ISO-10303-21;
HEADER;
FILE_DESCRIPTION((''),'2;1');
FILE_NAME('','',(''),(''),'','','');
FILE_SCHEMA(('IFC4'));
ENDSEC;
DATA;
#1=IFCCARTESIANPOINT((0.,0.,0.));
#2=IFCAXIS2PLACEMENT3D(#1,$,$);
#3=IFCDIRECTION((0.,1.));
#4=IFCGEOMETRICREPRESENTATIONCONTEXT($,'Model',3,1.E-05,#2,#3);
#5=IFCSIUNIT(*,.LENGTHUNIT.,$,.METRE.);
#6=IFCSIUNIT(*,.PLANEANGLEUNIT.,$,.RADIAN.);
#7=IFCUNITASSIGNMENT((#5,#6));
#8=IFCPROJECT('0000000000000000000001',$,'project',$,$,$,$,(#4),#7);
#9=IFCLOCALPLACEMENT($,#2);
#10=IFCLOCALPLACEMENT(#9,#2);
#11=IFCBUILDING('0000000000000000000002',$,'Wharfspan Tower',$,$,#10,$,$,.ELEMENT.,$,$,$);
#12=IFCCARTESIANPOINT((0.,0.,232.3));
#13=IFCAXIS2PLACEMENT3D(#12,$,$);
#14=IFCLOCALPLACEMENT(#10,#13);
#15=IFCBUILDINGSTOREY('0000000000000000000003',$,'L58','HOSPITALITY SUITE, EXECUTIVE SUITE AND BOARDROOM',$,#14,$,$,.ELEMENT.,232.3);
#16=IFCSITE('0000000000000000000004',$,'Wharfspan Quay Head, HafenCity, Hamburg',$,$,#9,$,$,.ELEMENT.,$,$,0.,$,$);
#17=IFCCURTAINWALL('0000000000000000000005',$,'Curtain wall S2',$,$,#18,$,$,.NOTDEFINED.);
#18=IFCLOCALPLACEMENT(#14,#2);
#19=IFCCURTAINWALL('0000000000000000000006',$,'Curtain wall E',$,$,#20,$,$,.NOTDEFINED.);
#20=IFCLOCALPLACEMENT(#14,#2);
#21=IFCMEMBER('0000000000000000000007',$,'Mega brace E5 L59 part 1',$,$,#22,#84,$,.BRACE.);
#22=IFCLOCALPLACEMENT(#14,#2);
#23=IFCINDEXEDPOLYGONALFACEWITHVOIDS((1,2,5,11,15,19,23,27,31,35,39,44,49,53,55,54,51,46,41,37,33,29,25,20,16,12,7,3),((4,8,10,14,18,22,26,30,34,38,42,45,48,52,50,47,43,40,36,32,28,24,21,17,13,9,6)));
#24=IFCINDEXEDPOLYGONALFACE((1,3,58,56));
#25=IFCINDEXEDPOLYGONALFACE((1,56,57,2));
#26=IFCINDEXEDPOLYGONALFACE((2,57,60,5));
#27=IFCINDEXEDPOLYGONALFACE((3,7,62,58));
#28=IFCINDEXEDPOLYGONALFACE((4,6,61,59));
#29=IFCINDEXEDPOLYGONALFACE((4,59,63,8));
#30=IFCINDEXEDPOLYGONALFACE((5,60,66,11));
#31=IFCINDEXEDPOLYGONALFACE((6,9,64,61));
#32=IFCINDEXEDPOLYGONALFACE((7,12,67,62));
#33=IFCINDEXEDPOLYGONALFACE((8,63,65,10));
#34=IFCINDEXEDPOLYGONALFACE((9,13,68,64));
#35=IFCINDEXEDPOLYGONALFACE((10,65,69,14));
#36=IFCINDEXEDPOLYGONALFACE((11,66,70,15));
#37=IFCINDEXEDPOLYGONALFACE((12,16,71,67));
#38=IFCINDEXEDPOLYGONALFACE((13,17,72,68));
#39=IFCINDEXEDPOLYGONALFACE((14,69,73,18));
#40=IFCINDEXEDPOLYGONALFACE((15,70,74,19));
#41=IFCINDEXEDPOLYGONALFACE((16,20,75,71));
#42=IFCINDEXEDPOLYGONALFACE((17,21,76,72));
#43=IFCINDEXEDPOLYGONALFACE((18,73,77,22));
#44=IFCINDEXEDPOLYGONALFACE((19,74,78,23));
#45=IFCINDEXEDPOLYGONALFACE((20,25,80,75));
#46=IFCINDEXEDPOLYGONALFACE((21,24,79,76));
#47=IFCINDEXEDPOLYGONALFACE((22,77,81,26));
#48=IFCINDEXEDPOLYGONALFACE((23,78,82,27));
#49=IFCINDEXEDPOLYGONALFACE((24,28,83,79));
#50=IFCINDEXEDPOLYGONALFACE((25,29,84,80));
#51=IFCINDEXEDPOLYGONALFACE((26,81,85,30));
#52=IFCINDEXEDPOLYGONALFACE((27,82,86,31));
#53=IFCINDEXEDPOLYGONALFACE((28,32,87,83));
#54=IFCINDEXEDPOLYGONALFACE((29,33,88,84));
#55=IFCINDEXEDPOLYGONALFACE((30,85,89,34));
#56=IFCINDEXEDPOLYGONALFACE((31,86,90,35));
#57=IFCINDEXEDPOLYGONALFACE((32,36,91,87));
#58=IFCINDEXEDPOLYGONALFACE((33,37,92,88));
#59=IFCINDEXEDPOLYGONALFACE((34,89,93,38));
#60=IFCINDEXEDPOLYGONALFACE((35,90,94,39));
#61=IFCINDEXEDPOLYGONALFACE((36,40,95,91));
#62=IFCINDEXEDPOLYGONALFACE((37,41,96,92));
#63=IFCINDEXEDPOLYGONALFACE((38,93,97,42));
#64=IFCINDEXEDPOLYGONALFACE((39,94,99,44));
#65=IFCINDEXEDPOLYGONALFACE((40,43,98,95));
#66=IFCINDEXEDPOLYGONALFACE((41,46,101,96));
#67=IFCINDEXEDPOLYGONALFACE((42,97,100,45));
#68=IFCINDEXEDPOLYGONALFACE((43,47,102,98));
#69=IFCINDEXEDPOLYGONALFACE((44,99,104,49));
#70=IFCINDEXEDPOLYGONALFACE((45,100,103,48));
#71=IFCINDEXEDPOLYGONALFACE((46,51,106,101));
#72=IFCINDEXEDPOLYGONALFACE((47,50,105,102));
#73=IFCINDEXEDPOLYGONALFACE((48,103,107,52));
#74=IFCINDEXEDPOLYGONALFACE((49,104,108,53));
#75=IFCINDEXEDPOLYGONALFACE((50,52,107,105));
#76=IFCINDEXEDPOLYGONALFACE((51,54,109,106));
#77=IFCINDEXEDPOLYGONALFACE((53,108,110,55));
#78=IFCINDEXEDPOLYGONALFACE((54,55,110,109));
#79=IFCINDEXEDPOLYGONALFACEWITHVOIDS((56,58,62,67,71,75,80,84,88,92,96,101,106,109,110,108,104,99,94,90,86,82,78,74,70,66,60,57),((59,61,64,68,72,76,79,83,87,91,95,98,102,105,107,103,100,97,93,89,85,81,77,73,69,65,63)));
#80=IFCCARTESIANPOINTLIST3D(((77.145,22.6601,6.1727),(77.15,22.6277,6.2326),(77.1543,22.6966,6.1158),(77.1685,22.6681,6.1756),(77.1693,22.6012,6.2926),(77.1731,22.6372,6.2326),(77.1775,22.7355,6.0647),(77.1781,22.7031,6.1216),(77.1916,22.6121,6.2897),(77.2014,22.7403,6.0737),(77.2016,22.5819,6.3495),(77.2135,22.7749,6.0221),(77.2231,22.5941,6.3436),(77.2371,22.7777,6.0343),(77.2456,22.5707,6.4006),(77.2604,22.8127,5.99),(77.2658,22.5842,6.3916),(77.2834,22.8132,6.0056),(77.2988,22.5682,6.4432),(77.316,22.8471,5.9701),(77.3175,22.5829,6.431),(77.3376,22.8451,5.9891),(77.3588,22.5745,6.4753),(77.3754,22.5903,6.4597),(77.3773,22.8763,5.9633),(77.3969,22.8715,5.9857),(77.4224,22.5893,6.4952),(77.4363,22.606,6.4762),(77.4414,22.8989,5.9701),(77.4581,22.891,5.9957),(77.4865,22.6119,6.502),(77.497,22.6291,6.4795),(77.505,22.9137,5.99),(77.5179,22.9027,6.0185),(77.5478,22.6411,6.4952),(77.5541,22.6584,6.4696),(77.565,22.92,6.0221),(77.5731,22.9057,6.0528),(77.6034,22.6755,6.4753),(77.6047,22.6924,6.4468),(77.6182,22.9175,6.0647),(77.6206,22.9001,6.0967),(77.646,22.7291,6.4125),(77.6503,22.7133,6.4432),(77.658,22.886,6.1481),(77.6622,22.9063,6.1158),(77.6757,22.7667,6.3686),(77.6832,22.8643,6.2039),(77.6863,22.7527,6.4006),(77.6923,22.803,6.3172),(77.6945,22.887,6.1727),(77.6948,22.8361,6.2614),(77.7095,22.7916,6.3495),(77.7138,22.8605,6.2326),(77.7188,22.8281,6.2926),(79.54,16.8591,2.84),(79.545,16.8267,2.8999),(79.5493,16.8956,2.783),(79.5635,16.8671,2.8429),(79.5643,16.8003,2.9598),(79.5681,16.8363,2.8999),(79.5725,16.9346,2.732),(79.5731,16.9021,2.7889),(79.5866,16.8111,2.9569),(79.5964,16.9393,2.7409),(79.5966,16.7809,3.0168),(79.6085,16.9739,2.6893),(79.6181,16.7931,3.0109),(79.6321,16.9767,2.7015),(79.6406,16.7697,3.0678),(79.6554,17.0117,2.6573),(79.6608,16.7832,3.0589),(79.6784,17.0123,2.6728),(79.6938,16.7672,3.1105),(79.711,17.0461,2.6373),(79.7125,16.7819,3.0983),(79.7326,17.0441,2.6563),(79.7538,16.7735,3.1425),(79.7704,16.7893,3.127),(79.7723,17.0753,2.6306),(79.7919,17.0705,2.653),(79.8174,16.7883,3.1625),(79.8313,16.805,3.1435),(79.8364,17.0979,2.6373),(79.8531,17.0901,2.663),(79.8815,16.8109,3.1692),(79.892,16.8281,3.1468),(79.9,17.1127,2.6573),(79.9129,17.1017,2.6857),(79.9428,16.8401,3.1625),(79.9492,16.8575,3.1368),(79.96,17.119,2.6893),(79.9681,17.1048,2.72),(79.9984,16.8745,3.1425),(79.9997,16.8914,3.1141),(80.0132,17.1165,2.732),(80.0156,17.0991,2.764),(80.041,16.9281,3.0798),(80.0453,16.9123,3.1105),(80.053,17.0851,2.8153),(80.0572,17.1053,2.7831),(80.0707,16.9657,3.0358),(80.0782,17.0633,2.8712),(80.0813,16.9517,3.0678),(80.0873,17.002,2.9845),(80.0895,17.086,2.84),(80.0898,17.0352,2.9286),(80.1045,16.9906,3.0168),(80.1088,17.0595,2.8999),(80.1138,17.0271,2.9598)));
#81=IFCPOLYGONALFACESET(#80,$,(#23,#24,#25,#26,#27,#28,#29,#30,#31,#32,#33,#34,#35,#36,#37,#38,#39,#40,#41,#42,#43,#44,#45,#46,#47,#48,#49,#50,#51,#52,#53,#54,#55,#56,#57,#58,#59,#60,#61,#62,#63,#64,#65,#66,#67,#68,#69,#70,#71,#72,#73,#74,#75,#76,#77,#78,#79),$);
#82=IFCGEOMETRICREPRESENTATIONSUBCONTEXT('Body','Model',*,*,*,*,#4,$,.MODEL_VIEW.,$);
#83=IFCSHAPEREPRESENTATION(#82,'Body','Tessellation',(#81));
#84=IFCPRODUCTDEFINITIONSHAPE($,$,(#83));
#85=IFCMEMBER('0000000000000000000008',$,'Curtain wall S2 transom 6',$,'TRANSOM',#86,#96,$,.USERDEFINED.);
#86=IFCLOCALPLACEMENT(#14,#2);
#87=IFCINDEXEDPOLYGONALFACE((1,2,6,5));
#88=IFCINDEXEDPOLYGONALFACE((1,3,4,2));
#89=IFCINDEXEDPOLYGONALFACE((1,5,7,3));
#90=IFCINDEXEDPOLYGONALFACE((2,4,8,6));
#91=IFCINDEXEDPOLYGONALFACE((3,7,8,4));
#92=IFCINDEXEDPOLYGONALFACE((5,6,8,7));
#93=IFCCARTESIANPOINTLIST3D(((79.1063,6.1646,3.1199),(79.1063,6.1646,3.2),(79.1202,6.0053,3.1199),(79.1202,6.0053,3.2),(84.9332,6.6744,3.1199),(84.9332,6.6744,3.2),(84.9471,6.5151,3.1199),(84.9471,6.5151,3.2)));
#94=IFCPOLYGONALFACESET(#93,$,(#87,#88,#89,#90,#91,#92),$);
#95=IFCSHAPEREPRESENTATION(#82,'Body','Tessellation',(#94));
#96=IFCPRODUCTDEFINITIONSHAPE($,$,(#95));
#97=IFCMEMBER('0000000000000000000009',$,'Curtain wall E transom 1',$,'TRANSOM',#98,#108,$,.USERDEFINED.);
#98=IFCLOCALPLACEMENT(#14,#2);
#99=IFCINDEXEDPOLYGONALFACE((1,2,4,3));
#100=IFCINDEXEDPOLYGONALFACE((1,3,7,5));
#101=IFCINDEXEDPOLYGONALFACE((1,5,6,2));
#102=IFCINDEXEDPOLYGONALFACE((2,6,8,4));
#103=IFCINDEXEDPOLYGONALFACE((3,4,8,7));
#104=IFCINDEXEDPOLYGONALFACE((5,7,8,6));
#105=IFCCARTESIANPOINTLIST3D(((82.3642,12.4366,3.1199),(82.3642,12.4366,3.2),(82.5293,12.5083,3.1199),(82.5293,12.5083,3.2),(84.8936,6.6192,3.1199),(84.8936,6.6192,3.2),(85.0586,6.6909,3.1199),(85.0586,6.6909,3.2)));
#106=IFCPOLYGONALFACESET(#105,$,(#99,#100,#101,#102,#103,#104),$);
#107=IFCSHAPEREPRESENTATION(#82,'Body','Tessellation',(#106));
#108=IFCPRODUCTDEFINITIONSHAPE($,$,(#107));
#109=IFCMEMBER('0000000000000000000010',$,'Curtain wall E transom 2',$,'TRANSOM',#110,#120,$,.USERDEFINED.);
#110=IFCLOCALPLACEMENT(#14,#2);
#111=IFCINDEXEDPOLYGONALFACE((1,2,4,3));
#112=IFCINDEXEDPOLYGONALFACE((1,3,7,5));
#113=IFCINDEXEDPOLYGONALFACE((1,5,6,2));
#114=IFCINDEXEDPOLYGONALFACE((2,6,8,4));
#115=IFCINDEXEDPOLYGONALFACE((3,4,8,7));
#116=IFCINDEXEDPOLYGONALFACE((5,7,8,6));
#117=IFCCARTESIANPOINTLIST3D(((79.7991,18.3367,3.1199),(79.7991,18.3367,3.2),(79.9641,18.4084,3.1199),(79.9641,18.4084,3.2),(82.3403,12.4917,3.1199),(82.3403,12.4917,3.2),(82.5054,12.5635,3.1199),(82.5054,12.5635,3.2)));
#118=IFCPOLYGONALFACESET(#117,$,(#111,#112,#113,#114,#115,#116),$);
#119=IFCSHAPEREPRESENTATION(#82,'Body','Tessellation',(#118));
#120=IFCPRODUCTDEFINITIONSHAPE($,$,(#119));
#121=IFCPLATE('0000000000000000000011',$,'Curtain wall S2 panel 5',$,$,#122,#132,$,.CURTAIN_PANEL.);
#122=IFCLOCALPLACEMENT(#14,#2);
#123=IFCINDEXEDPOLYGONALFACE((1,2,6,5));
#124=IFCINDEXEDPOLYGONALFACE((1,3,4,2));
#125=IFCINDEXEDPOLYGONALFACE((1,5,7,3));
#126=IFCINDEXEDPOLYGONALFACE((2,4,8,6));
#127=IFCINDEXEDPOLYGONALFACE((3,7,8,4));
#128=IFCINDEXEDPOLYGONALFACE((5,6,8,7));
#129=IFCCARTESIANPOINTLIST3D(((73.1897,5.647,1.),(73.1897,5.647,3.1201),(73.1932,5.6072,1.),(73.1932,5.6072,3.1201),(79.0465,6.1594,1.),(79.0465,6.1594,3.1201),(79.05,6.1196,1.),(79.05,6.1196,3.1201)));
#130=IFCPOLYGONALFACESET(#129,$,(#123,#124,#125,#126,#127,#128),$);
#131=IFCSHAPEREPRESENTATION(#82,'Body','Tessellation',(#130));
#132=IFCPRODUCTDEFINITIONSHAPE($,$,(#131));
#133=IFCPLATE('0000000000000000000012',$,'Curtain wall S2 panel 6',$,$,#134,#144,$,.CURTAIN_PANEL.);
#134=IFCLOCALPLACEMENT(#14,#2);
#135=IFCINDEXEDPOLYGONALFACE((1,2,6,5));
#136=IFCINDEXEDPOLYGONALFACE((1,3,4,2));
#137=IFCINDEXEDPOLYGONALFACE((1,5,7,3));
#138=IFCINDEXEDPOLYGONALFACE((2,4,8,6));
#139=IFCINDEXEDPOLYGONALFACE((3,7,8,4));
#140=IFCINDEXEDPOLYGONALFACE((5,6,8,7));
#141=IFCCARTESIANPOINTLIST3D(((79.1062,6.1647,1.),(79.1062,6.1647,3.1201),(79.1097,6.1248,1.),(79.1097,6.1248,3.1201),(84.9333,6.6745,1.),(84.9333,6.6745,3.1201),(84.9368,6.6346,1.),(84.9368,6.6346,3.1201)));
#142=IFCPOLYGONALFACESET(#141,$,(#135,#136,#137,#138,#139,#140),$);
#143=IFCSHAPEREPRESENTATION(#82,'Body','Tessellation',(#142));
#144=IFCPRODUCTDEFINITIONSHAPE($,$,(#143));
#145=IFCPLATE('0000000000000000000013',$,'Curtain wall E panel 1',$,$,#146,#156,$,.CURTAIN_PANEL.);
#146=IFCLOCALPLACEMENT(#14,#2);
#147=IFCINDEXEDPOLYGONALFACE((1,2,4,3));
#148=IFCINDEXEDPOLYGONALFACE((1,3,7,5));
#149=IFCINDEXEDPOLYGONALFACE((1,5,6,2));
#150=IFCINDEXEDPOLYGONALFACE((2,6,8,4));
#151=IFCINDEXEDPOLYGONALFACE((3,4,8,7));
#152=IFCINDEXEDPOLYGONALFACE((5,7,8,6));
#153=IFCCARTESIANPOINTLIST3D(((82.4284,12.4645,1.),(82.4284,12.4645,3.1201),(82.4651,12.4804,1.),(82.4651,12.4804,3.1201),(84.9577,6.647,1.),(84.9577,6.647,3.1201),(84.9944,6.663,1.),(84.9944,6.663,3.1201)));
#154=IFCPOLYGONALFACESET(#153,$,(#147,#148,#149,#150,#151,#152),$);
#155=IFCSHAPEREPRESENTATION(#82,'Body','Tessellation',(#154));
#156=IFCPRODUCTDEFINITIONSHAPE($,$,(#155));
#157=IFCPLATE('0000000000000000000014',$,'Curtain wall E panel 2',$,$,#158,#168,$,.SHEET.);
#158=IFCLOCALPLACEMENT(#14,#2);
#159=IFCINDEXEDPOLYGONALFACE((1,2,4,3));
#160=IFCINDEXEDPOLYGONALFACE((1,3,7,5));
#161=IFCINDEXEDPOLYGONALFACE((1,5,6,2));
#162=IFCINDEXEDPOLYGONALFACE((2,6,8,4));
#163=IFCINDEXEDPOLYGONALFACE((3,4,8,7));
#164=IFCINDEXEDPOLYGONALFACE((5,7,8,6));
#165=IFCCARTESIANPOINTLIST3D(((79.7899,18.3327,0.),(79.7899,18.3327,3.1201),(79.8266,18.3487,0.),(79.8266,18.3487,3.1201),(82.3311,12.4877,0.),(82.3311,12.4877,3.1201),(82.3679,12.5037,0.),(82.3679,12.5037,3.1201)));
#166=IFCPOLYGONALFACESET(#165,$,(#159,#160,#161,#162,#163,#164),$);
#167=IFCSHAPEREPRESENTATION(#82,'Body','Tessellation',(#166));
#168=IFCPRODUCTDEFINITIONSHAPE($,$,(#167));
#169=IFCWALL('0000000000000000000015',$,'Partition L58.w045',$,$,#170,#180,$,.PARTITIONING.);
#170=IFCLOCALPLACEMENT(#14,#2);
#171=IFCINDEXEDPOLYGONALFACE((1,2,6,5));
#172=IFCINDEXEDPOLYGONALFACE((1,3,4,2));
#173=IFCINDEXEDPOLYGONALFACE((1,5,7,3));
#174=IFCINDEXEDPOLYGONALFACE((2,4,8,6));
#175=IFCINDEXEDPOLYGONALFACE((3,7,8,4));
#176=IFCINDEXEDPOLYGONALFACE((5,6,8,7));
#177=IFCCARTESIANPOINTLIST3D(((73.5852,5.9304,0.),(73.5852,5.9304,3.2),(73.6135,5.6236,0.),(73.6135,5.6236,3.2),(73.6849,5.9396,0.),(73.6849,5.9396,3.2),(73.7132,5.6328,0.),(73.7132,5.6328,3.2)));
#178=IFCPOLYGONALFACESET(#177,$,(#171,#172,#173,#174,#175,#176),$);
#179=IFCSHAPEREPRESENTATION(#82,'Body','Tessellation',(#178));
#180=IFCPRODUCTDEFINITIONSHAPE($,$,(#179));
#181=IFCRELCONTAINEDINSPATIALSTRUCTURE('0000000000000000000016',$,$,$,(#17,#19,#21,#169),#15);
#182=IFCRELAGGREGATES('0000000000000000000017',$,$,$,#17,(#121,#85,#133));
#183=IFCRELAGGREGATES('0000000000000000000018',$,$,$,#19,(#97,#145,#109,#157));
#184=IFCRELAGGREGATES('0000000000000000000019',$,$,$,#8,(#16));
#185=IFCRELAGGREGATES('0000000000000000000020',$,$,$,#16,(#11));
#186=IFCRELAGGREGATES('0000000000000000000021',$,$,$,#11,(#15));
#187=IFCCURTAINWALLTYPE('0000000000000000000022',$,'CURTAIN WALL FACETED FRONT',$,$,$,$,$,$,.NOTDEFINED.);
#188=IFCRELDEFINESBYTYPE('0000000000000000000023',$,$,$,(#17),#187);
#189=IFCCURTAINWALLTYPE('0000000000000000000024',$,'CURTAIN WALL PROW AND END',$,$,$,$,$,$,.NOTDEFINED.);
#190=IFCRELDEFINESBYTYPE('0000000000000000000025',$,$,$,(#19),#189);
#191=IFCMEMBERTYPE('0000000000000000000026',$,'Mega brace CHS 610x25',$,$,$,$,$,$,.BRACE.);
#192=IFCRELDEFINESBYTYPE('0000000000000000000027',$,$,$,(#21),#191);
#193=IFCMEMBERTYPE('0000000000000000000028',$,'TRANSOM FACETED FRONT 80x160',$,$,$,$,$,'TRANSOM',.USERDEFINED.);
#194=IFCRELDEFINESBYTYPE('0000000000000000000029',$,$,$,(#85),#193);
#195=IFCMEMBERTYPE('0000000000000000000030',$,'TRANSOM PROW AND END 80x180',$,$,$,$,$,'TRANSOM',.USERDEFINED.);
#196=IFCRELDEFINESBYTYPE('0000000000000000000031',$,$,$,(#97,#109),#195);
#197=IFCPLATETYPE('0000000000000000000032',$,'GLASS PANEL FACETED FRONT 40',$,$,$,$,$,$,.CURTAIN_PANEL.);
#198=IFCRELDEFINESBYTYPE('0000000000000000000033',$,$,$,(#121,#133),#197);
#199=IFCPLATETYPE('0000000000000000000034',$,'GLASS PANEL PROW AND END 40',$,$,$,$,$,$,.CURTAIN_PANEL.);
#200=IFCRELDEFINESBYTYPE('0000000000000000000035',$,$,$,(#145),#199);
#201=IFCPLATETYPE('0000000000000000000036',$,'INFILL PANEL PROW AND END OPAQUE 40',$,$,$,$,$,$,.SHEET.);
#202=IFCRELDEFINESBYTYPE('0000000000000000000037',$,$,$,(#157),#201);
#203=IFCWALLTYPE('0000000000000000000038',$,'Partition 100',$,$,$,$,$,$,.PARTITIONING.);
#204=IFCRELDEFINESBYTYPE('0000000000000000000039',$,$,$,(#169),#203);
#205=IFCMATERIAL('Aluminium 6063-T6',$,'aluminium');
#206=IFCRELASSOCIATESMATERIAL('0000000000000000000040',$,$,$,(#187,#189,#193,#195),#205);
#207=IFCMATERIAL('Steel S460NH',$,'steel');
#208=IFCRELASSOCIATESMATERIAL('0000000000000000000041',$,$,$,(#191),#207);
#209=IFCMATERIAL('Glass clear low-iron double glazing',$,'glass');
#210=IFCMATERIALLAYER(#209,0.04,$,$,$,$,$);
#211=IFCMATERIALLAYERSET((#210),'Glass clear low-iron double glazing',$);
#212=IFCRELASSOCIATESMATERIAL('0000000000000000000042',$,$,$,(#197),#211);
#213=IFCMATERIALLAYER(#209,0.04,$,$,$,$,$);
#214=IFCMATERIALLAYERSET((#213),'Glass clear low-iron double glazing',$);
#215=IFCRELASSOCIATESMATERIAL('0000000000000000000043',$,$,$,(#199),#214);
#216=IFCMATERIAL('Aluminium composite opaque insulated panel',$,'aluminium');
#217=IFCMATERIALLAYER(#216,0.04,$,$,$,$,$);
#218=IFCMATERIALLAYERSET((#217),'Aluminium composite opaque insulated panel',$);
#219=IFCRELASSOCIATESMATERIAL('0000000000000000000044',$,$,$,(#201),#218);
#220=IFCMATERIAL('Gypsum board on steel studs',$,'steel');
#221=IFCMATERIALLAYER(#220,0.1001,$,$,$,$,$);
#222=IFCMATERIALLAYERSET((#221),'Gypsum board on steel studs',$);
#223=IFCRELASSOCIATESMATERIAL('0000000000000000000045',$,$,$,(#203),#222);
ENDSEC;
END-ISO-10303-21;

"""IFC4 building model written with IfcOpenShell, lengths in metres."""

from ifc_helpers import new_model, si_unit, direction, frame, frame_2d, origin, origin_2d, place, context, subcontext, project, spatial, rectangle, hollow_circle, extrude, material, layer, layer_set, material_profile, profile_set, type_object, element, aggregate, save


model = new_model("IFC4")

# Units and contexts
model_context = context("Model", 3, precision=1e-05, world=origin(), true_north=direction((0.0, 1.0)))
body_context = subcontext(model_context, "Body", "Model", "MODEL_VIEW")
ifc_project = project(units=[si_unit("LENGTHUNIT", "METRE"), si_unit("PLANEANGLEUNIT", "RADIAN")], contexts=[model_context])

# Site, building, storey
site_placement = place(None, origin())
site = spatial("IfcSite", under=ifc_project, at=site_placement, Name="Wharfspan Quay Head, HafenCity, Hamburg", CompositionType="ELEMENT", RefElevation=0.0)
building_placement = place(site_placement, origin())
building = spatial("IfcBuilding", under=site, at=building_placement, Name="Wharfspan Tower", CompositionType="ELEMENT")
storey_placement = place(building_placement, frame((0.0, 0.0, 232.3)))
storey = spatial("IfcBuildingStorey", under=building, at=storey_placement, Name="L58", Description="HOSPITALITY SUITE, EXECUTIVE SUITE AND BOARDROOM", CompositionType="ELEMENT", Elevation=232.3)

# Curtain walls
ifc_material_1 = material(Name="Aluminium 6063-T6", Category="aluminium")
curtain_wall_type_1 = type_object("IfcCurtainWallType", Name="CURTAIN WALL FACETED FRONT", PredefinedType="NOTDEFINED", material=ifc_material_1)
curtain_wall_1_placement = place(storey_placement, origin())
curtain_wall_1 = element("IfcCurtainWall", 1, at=curtain_wall_1_placement, inside=storey, type_object=curtain_wall_type_1, Name="Curtain wall S2", PredefinedType="NOTDEFINED")
curtain_wall_type_2 = type_object("IfcCurtainWallType", Name="CURTAIN WALL PROW AND END", PredefinedType="NOTDEFINED", material=ifc_material_1)
curtain_wall_2_placement = place(storey_placement, origin())
curtain_wall_2 = element("IfcCurtainWall", 2, at=curtain_wall_2_placement, inside=storey, type_object=curtain_wall_type_2, Name="Curtain wall E", PredefinedType="NOTDEFINED")

# Members
ifc_material_2 = material(Name="Steel S460NH", Category="steel")
ifc_material_profile_1 = material_profile(ifc_material_2, hollow_circle(Radius=0.3049, WallThickness=0.0249, at=origin_2d()))
ifc_profile_set_1 = profile_set([ifc_material_profile_1], Name="Steel S460NH")
member_type_1 = type_object("IfcMemberType", Name="Mega brace CHS 610x25", PredefinedType="BRACE", material=ifc_profile_set_1)
member_1_placement = place(storey_placement, frame((79.8269, 16.9431, 2.8999), z_axis=(-0.337042, 0.816355, 0.469007), x_axis=(-0.924324, -0.381616, -0.000004)))
element("IfcMember", 3, at=member_1_placement, inside=storey, type_object=member_type_1, Name="Mega brace E5 L59 part 1", PredefinedType="BRACE", context=body_context, shape_type="SweptSolid", body=[
    extrude(hollow_circle(Radius=0.3049, WallThickness=0.0249, at=origin_2d()), origin(), (0.0, 0.0, 1.0), 7.106),
])
ifc_material_profile_2 = material_profile(ifc_material_1, rectangle(XDim=0.1599, YDim=0.0801, at=origin_2d()))
ifc_profile_set_2 = profile_set([ifc_material_profile_2], Name="Aluminium 6063-T6")
member_type_2 = type_object("IfcMemberType", Name="TRANSOM FACETED FRONT 80x160", ElementType="TRANSOM", PredefinedType="USERDEFINED", material=ifc_profile_set_2)
member_2_placement = place(storey_placement, frame((79.1133, 6.085, 3.1599), z_axis=(0.996195, 0.087152, 0.0), x_axis=(-0.087152, 0.996195, 0.0)))
member_2 = element("IfcMember", 4, at=member_2_placement, type_object=member_type_2, Name="Curtain wall S2 transom 6", ObjectType="TRANSOM", PredefinedType="USERDEFINED", context=body_context, shape_type="SweptSolid", body=[
    extrude(rectangle(XDim=0.1599, YDim=0.0801, at=origin_2d()), origin(), (0.0, 0.0, 1.0), 5.8491),
])
ifc_material_profile_3 = material_profile(ifc_material_1, rectangle(XDim=0.1799, YDim=0.0801, at=origin_2d()))
ifc_profile_set_3 = profile_set([ifc_material_profile_3], Name="Aluminium 6063-T6")
member_type_3 = type_object("IfcMemberType", Name="TRANSOM PROW AND END 80x180", ElementType="TRANSOM", PredefinedType="USERDEFINED", material=ifc_profile_set_3)
member_3_placement = place(storey_placement, frame((84.9761, 6.655, 3.1599), z_axis=(-0.398726, 0.91707, 0.0), x_axis=(-0.91707, -0.398726, 0.0)))
member_3 = element("IfcMember", 5, at=member_3_placement, type_object=member_type_3, Name="Curtain wall E transom 1", ObjectType="TRANSOM", PredefinedType="USERDEFINED", context=body_context, shape_type="SweptSolid", body=[
    extrude(rectangle(XDim=0.1799, YDim=0.0801, at=origin_2d()), origin(), (0.0, 0.0, 1.0), 6.3435),
])
member_4_placement = place(storey_placement, frame((82.4229, 12.5276, 3.1599), z_axis=(-0.398722, 0.917072, 0.0), x_axis=(-0.917072, -0.398722, 0.0)))
member_4 = element("IfcMember", 6, at=member_4_placement, type_object=member_type_3, Name="Curtain wall E transom 2", ObjectType="TRANSOM", PredefinedType="USERDEFINED", context=body_context, shape_type="SweptSolid", body=[
    extrude(rectangle(XDim=0.1799, YDim=0.0801, at=origin_2d()), origin(), (0.0, 0.0, 1.0), 6.3735),
])

# Plates
ifc_material_3 = material(Name="Glass clear low-iron double glazing", Category="glass")
ifc_layer_1 = layer(ifc_material_3, 0.04)
ifc_layer_set_1 = layer_set([ifc_layer_1], Name="Glass clear low-iron double glazing")
plate_type_1 = type_object("IfcPlateType", Name="GLASS PANEL FACETED FRONT 40", PredefinedType="CURTAIN_PANEL", material=ifc_layer_set_1)
plate_1_placement = place(storey_placement, frame((76.1199, 5.8833, 1.0), z_axis=(0.0, 0.0, 1.0), x_axis=(0.996197, 0.087156, 0.0)))
plate_1 = element("IfcPlate", 7, at=plate_1_placement, type_object=plate_type_1, Name="Curtain wall S2 panel 5", PredefinedType="CURTAIN_PANEL", context=body_context, shape_type="SweptSolid", body=[
    extrude(rectangle(XDim=5.8792, YDim=0.04, at=origin_2d()), origin(), (0.0, 0.0, 1.0), 2.1201),
])
plate_2_placement = place(storey_placement, frame((82.0215, 6.3997, 1.0), z_axis=(0.0, 0.0, 1.0), x_axis=(0.996197, 0.087156, 0.0)))
plate_2 = element("IfcPlate", 8, at=plate_2_placement, type_object=plate_type_1, Name="Curtain wall S2 panel 6", PredefinedType="CURTAIN_PANEL", context=body_context, shape_type="SweptSolid", body=[
    extrude(rectangle(XDim=5.8494, YDim=0.04, at=origin_2d()), origin(), (0.0, 0.0, 1.0), 2.1201),
])
aggregate(curtain_wall_1, [plate_1, member_2, plate_2])
ifc_layer_2 = layer(ifc_material_3, 0.04)
ifc_layer_set_2 = layer_set([ifc_layer_2], Name="Glass clear low-iron double glazing")
plate_type_2 = type_object("IfcPlateType", Name="GLASS PANEL PROW AND END 40", PredefinedType="CURTAIN_PANEL", material=ifc_layer_set_2)
plate_3_placement = place(storey_placement, frame((83.7114, 9.5637, 1.0), z_axis=(0.0, 0.0, 1.0), x_axis=(-0.398727, 0.917072, 0.0)))
plate_3 = element("IfcPlate", 9, at=plate_3_placement, type_object=plate_type_2, Name="Curtain wall E panel 1", PredefinedType="CURTAIN_PANEL", context=body_context, shape_type="SweptSolid", body=[
    extrude(rectangle(XDim=6.3435, YDim=0.04, at=origin_2d()), origin(), (0.0, 0.0, 1.0), 2.1201),
])
ifc_material_4 = material(Name="Aluminium composite opaque insulated panel", Category="aluminium")
ifc_layer_3 = layer(ifc_material_4, 0.04)
ifc_layer_set_3 = layer_set([ifc_layer_3], Name="Aluminium composite opaque insulated panel")
plate_type_3 = type_object("IfcPlateType", Name="INFILL PANEL PROW AND END OPAQUE 40", PredefinedType="SHEET", material=ifc_layer_set_3)
plate_4_placement = place(storey_placement, frame((81.0789, 15.4182, 0.0), z_axis=(0.0, 0.0, 1.0), x_axis=(-0.398727, 0.917072, 0.0)))
plate_4 = element("IfcPlate", 10, at=plate_4_placement, type_object=plate_type_3, Name="Curtain wall E panel 2", PredefinedType="SHEET", context=body_context, shape_type="SweptSolid", body=[
    extrude(rectangle(XDim=6.3735, YDim=0.04, at=origin_2d()), origin(), (0.0, 0.0, 1.0), 3.1201),
])
aggregate(curtain_wall_2, [member_3, plate_3, member_4, plate_4])

# Wall
ifc_material_5 = material(Name="Gypsum board on steel studs", Category="steel")
ifc_layer_4 = layer(ifc_material_5, 0.1001)
ifc_layer_set_4 = layer_set([ifc_layer_4], Name="Gypsum board on steel studs")
wall_type_1 = type_object("IfcWallType", Name="Partition 100", PredefinedType="PARTITIONING", material=ifc_layer_set_4)
wall_1_placement = place(storey_placement, frame((73.6633, 5.6282, 0.0), z_axis=(0.0, 0.0, 1.0), x_axis=(-0.091893, 0.995772, 0.0)))
element("IfcWall", 11, at=wall_1_placement, inside=storey, type_object=wall_type_1, Name="Partition L58.w045", PredefinedType="PARTITIONING", context=body_context, shape_type="SweptSolid", body=[
    extrude(rectangle(XDim=0.3081, YDim=0.1001, at=frame_2d((0.1541, 0.0))), origin(), (0.0, 0.0, 1.0), 3.2),
])

save(model, "model.ifc")
